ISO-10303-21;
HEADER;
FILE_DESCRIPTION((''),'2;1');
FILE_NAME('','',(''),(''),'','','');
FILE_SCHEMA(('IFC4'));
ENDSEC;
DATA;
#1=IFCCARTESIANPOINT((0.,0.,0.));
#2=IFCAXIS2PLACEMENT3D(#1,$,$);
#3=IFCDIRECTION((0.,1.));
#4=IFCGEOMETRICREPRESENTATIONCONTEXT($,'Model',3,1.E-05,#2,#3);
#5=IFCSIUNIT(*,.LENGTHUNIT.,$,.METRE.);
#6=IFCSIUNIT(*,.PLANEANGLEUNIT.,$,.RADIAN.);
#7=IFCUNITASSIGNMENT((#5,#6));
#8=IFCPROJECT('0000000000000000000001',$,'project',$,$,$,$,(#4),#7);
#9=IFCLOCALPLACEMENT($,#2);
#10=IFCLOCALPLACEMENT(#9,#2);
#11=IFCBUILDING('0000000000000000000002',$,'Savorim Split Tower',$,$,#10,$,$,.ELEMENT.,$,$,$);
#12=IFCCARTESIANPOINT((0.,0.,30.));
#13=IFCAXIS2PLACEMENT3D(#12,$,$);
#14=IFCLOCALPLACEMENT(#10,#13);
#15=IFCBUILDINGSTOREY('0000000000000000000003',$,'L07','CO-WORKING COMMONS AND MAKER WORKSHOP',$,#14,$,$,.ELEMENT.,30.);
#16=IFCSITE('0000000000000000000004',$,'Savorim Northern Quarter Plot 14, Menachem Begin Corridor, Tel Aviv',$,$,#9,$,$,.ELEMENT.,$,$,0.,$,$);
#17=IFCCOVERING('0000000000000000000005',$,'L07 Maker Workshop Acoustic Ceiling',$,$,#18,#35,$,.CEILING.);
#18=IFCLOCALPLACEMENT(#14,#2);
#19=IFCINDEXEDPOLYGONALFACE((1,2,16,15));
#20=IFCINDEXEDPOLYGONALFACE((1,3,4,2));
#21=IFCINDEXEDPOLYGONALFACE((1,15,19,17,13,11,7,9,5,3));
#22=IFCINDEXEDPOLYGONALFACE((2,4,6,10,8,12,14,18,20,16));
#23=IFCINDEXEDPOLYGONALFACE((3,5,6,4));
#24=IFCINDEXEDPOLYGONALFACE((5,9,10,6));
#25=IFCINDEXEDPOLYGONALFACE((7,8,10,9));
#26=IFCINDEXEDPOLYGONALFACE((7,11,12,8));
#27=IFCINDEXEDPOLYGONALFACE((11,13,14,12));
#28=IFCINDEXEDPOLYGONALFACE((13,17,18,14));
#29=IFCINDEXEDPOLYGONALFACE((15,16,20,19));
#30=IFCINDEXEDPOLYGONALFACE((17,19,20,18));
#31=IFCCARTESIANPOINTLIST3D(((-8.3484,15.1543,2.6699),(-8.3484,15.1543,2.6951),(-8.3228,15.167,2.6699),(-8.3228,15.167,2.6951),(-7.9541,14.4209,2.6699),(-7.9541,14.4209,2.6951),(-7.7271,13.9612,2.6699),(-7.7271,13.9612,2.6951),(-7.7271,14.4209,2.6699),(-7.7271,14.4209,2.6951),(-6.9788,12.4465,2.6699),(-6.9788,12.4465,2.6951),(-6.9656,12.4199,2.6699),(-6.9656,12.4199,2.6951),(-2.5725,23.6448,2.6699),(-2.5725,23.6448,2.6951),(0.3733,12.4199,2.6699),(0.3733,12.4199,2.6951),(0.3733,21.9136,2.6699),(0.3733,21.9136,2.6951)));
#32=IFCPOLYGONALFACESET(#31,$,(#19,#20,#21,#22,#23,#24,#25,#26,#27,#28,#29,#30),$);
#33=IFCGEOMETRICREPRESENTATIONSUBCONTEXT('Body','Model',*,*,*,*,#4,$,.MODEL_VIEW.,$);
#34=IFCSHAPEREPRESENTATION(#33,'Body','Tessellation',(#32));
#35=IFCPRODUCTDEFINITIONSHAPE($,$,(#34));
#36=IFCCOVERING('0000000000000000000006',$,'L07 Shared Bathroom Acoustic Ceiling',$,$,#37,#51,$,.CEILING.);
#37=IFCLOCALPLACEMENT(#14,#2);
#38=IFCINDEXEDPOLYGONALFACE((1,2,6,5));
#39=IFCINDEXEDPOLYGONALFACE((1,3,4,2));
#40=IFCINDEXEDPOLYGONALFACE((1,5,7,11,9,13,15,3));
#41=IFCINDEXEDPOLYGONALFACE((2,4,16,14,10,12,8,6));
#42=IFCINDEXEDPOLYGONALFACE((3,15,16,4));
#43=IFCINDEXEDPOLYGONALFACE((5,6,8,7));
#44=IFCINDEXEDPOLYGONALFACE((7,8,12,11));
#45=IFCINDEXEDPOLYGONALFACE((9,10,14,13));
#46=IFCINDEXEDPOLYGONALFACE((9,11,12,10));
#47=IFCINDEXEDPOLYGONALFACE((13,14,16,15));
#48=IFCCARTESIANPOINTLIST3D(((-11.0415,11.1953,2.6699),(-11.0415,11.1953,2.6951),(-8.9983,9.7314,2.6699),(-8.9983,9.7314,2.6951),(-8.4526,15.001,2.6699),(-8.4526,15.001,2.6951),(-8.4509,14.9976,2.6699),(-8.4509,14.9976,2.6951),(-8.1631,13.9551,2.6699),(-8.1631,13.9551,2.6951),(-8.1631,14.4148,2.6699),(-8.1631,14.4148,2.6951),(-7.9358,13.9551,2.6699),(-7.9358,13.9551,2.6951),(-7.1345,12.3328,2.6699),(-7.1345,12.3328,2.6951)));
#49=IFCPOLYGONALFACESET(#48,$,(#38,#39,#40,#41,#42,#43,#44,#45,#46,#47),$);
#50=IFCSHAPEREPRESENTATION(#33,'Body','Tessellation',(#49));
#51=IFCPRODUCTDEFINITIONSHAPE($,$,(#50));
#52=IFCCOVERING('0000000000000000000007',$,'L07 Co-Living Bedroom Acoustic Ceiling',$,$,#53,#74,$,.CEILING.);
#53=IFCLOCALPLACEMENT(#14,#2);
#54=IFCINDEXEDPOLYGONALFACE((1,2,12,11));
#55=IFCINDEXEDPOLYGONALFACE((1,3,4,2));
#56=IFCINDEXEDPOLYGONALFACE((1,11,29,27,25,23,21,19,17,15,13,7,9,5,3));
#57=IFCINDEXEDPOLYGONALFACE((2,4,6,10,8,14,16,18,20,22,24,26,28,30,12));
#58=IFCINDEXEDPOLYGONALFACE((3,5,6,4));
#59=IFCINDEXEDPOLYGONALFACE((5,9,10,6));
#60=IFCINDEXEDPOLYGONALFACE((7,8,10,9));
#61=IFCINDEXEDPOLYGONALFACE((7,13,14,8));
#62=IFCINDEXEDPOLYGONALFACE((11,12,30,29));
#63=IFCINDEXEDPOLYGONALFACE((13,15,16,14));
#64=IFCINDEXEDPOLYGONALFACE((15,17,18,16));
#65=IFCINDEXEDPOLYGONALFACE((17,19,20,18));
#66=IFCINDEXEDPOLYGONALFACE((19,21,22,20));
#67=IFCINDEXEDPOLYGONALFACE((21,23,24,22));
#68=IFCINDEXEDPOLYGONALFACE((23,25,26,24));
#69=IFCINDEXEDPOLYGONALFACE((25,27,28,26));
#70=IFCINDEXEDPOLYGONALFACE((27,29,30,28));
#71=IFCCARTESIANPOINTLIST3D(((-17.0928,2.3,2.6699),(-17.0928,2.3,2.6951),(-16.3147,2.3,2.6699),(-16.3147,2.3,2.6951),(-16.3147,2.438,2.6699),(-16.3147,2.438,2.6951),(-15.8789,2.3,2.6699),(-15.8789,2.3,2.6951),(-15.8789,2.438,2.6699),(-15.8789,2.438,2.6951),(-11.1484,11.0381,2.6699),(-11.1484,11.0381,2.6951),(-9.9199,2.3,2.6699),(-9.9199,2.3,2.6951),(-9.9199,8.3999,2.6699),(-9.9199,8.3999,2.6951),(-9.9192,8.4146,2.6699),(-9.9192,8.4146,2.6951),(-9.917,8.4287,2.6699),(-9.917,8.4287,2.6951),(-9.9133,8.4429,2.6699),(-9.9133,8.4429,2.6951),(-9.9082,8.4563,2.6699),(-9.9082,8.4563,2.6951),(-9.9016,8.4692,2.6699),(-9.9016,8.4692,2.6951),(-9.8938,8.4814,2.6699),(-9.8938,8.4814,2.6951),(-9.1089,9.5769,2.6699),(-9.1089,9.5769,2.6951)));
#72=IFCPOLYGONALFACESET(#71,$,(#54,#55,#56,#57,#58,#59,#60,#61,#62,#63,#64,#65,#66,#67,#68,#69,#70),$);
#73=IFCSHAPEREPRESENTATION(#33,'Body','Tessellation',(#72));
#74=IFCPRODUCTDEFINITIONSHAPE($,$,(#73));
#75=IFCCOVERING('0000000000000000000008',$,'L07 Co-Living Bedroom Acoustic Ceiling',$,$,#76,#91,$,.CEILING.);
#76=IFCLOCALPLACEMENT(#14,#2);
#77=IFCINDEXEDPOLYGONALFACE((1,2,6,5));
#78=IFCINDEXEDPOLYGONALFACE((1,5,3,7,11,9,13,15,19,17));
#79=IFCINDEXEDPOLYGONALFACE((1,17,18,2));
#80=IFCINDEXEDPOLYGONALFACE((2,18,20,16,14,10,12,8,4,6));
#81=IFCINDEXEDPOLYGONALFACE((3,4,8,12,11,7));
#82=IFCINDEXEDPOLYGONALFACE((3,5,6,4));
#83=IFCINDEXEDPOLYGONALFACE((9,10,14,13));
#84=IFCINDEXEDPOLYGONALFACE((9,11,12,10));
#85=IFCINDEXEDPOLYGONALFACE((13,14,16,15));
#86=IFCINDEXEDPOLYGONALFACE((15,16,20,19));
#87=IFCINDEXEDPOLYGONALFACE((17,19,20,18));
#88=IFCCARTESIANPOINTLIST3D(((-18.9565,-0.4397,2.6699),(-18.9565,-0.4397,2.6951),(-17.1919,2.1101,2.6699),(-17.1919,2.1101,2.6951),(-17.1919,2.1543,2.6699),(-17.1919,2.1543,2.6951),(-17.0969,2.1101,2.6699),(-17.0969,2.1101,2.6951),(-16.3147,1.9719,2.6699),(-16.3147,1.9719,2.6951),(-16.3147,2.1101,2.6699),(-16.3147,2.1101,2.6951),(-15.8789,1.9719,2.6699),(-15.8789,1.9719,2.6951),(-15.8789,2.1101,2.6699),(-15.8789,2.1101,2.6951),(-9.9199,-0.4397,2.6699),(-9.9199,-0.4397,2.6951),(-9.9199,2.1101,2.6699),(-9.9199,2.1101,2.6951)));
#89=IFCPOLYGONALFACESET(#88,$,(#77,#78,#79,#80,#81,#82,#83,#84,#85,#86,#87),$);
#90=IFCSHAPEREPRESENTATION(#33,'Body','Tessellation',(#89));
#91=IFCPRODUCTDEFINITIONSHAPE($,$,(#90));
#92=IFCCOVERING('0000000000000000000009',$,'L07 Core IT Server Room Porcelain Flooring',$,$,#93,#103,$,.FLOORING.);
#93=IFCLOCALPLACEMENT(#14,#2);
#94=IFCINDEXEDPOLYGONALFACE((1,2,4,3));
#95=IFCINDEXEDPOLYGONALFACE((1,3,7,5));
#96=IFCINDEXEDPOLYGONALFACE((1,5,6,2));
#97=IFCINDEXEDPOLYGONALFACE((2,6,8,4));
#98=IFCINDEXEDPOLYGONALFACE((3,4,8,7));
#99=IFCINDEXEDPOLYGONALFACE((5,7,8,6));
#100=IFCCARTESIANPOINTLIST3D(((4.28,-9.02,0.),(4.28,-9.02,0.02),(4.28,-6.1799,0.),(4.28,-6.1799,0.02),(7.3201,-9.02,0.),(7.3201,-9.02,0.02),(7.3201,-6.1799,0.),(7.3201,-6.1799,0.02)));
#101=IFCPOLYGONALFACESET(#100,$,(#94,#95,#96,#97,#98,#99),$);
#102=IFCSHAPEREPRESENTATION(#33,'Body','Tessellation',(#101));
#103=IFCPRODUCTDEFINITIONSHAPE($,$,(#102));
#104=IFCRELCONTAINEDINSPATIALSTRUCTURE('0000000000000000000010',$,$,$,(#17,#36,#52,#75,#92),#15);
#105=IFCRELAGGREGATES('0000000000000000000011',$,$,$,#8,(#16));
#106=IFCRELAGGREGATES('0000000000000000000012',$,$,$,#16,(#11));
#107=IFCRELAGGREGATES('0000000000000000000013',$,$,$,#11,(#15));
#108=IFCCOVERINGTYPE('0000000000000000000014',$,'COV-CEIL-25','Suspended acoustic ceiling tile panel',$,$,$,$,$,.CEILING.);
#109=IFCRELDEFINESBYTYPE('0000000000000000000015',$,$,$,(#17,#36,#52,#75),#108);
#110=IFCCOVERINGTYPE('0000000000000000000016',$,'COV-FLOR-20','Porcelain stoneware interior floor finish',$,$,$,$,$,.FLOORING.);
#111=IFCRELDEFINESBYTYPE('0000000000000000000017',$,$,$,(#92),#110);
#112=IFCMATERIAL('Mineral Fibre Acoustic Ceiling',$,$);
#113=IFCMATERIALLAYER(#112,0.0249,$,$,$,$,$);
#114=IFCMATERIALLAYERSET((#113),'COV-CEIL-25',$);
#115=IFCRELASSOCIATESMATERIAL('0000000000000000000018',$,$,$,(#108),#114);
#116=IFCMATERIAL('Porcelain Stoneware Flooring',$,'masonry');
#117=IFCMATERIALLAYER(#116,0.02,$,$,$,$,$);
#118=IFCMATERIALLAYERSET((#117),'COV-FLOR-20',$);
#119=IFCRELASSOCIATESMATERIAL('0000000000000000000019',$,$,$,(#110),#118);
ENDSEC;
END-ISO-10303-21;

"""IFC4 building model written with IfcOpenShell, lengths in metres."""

from ifc_helpers import new_model, si_unit, direction, frame, origin, place, context, subcontext, project, spatial, polyline, outline, extrude, material, layer, layer_set, type_object, element, save


model = new_model("IFC4")

# Units and contexts
model_context = context("Model", 3, precision=1e-05, world=origin(), true_north=direction((0.0, 1.0)))
body_context = subcontext(model_context, "Body", "Model", "MODEL_VIEW")
ifc_project = project(units=[si_unit("LENGTHUNIT", "METRE"), si_unit("PLANEANGLEUNIT", "RADIAN")], contexts=[model_context])

# Site, building, storey
site_placement = place(None, origin())
site = spatial("IfcSite", under=ifc_project, at=site_placement, Name="Savorim Northern Quarter Plot 14, Menachem Begin Corridor, Tel Aviv", CompositionType="ELEMENT", RefElevation=0.0)
building_placement = place(site_placement, origin())
building = spatial("IfcBuilding", under=site, at=building_placement, Name="Savorim Split Tower", CompositionType="ELEMENT")
storey_placement = place(building_placement, frame((0.0, 0.0, 30.0)))
storey = spatial("IfcBuildingStorey", under=building, at=storey_placement, Name="L07", Description="CO-WORKING COMMONS AND MAKER WORKSHOP", CompositionType="ELEMENT", Elevation=30.0)

# Coverings
ifc_material_1 = material(Name="Mineral Fibre Acoustic Ceiling")
ifc_layer_1 = layer(ifc_material_1, 0.0249)
ifc_layer_set_1 = layer_set([ifc_layer_1], Name="COV-CEIL-25")
covering_type_1 = type_object("IfcCoveringType", Name="COV-CEIL-25", Description="Suspended acoustic ceiling tile panel", PredefinedType="CEILING", material=ifc_layer_set_1)
covering_1_placement = place(storey_placement, frame((0.0, 0.0, 2.6699)))
element("IfcCovering", 1, at=covering_1_placement, inside=storey, type_object=covering_type_1, Name="L07 Maker Workshop Acoustic Ceiling", PredefinedType="CEILING", context=body_context, shape_type="SweptSolid", body=[
    extrude(outline(polyline([(-6.9656, 12.4199), (0.3733, 12.4199), (0.3733, 21.9136), (-2.5725, 23.6448), (-8.3484, 15.1543), (-8.3228, 15.167), (-7.9541, 14.4209), (-7.7271, 14.4209), (-7.7271, 13.9612), (-6.9788, 12.4465), (-6.9656, 12.4199)])), origin(), (0.0, 0.0, 1.0), 0.0251),
])
covering_2_placement = place(storey_placement, frame((0.0, 0.0, 2.6699)))
element("IfcCovering", 2, at=covering_2_placement, inside=storey, type_object=covering_type_1, Name="L07 Shared Bathroom Acoustic Ceiling", PredefinedType="CEILING", context=body_context, shape_type="SweptSolid", body=[
    extrude(outline(polyline([(-8.1631, 13.9551), (-8.1631, 14.4148), (-8.4509, 14.9976), (-8.4526, 15.001), (-11.0415, 11.1953), (-8.9983, 9.7314), (-7.1345, 12.3328), (-7.9358, 13.9551), (-8.1631, 13.9551)])), origin(), (0.0, 0.0, 1.0), 0.0251),
])
covering_3_placement = place(storey_placement, frame((0.0, 0.0, 2.6699)))
element("IfcCovering", 3, at=covering_3_placement, inside=storey, type_object=covering_type_1, Name="L07 Co-Living Bedroom Acoustic Ceiling", PredefinedType="CEILING", context=body_context, shape_type="SweptSolid", body=[
    extrude(outline(polyline([(-9.9082, 8.4563), (-9.9016, 8.4692), (-9.8938, 8.4814), (-9.1089, 9.5769), (-11.1484, 11.0381), (-17.0928, 2.3), (-16.3147, 2.3), (-16.3147, 2.438), (-15.8789, 2.438), (-15.8789, 2.3), (-9.9199, 2.3), (-9.9199, 8.3999), (-9.9192, 8.4146), (-9.917, 8.4287), (-9.9133, 8.4429), (-9.9082, 8.4563)])), origin(), (0.0, 0.0, 1.0), 0.0251),
])
covering_4_placement = place(storey_placement, frame((0.0, 0.0, 2.6699)))
element("IfcCovering", 4, at=covering_4_placement, inside=storey, type_object=covering_type_1, Name="L07 Co-Living Bedroom Acoustic Ceiling", PredefinedType="CEILING", context=body_context, shape_type="SweptSolid", body=[
    extrude(outline(polyline([(-16.3147, 2.1101), (-17.0969, 2.1101), (-17.1919, 2.1101), (-17.1919, 2.1543), (-18.9565, -0.4397), (-9.9199, -0.4397), (-9.9199, 2.1101), (-15.8789, 2.1101), (-15.8789, 1.9719), (-16.3147, 1.9719), (-16.3147, 2.1101)])), origin(), (0.0, 0.0, 1.0), 0.0251),
])
ifc_material_2 = material(Name="Porcelain Stoneware Flooring", Category="masonry")
ifc_layer_2 = layer(ifc_material_2, 0.02)
ifc_layer_set_2 = layer_set([ifc_layer_2], Name="COV-FLOR-20")
covering_type_2 = type_object("IfcCoveringType", Name="COV-FLOR-20", Description="Porcelain stoneware interior floor finish", PredefinedType="FLOORING", material=ifc_layer_set_2)
covering_5_placement = place(storey_placement, origin())
element("IfcCovering", 5, at=covering_5_placement, inside=storey, type_object=covering_type_2, Name="L07 Core IT Server Room Porcelain Flooring", PredefinedType="FLOORING", context=body_context, shape_type="SweptSolid", body=[
    extrude(outline(polyline([(4.28, -6.1799), (4.28, -9.02), (7.3201, -9.02), (7.3201, -6.1799), (4.28, -6.1799)])), origin(), (0.0, 0.0, 1.0), 0.02),
])

save(model, "model.ifc")
